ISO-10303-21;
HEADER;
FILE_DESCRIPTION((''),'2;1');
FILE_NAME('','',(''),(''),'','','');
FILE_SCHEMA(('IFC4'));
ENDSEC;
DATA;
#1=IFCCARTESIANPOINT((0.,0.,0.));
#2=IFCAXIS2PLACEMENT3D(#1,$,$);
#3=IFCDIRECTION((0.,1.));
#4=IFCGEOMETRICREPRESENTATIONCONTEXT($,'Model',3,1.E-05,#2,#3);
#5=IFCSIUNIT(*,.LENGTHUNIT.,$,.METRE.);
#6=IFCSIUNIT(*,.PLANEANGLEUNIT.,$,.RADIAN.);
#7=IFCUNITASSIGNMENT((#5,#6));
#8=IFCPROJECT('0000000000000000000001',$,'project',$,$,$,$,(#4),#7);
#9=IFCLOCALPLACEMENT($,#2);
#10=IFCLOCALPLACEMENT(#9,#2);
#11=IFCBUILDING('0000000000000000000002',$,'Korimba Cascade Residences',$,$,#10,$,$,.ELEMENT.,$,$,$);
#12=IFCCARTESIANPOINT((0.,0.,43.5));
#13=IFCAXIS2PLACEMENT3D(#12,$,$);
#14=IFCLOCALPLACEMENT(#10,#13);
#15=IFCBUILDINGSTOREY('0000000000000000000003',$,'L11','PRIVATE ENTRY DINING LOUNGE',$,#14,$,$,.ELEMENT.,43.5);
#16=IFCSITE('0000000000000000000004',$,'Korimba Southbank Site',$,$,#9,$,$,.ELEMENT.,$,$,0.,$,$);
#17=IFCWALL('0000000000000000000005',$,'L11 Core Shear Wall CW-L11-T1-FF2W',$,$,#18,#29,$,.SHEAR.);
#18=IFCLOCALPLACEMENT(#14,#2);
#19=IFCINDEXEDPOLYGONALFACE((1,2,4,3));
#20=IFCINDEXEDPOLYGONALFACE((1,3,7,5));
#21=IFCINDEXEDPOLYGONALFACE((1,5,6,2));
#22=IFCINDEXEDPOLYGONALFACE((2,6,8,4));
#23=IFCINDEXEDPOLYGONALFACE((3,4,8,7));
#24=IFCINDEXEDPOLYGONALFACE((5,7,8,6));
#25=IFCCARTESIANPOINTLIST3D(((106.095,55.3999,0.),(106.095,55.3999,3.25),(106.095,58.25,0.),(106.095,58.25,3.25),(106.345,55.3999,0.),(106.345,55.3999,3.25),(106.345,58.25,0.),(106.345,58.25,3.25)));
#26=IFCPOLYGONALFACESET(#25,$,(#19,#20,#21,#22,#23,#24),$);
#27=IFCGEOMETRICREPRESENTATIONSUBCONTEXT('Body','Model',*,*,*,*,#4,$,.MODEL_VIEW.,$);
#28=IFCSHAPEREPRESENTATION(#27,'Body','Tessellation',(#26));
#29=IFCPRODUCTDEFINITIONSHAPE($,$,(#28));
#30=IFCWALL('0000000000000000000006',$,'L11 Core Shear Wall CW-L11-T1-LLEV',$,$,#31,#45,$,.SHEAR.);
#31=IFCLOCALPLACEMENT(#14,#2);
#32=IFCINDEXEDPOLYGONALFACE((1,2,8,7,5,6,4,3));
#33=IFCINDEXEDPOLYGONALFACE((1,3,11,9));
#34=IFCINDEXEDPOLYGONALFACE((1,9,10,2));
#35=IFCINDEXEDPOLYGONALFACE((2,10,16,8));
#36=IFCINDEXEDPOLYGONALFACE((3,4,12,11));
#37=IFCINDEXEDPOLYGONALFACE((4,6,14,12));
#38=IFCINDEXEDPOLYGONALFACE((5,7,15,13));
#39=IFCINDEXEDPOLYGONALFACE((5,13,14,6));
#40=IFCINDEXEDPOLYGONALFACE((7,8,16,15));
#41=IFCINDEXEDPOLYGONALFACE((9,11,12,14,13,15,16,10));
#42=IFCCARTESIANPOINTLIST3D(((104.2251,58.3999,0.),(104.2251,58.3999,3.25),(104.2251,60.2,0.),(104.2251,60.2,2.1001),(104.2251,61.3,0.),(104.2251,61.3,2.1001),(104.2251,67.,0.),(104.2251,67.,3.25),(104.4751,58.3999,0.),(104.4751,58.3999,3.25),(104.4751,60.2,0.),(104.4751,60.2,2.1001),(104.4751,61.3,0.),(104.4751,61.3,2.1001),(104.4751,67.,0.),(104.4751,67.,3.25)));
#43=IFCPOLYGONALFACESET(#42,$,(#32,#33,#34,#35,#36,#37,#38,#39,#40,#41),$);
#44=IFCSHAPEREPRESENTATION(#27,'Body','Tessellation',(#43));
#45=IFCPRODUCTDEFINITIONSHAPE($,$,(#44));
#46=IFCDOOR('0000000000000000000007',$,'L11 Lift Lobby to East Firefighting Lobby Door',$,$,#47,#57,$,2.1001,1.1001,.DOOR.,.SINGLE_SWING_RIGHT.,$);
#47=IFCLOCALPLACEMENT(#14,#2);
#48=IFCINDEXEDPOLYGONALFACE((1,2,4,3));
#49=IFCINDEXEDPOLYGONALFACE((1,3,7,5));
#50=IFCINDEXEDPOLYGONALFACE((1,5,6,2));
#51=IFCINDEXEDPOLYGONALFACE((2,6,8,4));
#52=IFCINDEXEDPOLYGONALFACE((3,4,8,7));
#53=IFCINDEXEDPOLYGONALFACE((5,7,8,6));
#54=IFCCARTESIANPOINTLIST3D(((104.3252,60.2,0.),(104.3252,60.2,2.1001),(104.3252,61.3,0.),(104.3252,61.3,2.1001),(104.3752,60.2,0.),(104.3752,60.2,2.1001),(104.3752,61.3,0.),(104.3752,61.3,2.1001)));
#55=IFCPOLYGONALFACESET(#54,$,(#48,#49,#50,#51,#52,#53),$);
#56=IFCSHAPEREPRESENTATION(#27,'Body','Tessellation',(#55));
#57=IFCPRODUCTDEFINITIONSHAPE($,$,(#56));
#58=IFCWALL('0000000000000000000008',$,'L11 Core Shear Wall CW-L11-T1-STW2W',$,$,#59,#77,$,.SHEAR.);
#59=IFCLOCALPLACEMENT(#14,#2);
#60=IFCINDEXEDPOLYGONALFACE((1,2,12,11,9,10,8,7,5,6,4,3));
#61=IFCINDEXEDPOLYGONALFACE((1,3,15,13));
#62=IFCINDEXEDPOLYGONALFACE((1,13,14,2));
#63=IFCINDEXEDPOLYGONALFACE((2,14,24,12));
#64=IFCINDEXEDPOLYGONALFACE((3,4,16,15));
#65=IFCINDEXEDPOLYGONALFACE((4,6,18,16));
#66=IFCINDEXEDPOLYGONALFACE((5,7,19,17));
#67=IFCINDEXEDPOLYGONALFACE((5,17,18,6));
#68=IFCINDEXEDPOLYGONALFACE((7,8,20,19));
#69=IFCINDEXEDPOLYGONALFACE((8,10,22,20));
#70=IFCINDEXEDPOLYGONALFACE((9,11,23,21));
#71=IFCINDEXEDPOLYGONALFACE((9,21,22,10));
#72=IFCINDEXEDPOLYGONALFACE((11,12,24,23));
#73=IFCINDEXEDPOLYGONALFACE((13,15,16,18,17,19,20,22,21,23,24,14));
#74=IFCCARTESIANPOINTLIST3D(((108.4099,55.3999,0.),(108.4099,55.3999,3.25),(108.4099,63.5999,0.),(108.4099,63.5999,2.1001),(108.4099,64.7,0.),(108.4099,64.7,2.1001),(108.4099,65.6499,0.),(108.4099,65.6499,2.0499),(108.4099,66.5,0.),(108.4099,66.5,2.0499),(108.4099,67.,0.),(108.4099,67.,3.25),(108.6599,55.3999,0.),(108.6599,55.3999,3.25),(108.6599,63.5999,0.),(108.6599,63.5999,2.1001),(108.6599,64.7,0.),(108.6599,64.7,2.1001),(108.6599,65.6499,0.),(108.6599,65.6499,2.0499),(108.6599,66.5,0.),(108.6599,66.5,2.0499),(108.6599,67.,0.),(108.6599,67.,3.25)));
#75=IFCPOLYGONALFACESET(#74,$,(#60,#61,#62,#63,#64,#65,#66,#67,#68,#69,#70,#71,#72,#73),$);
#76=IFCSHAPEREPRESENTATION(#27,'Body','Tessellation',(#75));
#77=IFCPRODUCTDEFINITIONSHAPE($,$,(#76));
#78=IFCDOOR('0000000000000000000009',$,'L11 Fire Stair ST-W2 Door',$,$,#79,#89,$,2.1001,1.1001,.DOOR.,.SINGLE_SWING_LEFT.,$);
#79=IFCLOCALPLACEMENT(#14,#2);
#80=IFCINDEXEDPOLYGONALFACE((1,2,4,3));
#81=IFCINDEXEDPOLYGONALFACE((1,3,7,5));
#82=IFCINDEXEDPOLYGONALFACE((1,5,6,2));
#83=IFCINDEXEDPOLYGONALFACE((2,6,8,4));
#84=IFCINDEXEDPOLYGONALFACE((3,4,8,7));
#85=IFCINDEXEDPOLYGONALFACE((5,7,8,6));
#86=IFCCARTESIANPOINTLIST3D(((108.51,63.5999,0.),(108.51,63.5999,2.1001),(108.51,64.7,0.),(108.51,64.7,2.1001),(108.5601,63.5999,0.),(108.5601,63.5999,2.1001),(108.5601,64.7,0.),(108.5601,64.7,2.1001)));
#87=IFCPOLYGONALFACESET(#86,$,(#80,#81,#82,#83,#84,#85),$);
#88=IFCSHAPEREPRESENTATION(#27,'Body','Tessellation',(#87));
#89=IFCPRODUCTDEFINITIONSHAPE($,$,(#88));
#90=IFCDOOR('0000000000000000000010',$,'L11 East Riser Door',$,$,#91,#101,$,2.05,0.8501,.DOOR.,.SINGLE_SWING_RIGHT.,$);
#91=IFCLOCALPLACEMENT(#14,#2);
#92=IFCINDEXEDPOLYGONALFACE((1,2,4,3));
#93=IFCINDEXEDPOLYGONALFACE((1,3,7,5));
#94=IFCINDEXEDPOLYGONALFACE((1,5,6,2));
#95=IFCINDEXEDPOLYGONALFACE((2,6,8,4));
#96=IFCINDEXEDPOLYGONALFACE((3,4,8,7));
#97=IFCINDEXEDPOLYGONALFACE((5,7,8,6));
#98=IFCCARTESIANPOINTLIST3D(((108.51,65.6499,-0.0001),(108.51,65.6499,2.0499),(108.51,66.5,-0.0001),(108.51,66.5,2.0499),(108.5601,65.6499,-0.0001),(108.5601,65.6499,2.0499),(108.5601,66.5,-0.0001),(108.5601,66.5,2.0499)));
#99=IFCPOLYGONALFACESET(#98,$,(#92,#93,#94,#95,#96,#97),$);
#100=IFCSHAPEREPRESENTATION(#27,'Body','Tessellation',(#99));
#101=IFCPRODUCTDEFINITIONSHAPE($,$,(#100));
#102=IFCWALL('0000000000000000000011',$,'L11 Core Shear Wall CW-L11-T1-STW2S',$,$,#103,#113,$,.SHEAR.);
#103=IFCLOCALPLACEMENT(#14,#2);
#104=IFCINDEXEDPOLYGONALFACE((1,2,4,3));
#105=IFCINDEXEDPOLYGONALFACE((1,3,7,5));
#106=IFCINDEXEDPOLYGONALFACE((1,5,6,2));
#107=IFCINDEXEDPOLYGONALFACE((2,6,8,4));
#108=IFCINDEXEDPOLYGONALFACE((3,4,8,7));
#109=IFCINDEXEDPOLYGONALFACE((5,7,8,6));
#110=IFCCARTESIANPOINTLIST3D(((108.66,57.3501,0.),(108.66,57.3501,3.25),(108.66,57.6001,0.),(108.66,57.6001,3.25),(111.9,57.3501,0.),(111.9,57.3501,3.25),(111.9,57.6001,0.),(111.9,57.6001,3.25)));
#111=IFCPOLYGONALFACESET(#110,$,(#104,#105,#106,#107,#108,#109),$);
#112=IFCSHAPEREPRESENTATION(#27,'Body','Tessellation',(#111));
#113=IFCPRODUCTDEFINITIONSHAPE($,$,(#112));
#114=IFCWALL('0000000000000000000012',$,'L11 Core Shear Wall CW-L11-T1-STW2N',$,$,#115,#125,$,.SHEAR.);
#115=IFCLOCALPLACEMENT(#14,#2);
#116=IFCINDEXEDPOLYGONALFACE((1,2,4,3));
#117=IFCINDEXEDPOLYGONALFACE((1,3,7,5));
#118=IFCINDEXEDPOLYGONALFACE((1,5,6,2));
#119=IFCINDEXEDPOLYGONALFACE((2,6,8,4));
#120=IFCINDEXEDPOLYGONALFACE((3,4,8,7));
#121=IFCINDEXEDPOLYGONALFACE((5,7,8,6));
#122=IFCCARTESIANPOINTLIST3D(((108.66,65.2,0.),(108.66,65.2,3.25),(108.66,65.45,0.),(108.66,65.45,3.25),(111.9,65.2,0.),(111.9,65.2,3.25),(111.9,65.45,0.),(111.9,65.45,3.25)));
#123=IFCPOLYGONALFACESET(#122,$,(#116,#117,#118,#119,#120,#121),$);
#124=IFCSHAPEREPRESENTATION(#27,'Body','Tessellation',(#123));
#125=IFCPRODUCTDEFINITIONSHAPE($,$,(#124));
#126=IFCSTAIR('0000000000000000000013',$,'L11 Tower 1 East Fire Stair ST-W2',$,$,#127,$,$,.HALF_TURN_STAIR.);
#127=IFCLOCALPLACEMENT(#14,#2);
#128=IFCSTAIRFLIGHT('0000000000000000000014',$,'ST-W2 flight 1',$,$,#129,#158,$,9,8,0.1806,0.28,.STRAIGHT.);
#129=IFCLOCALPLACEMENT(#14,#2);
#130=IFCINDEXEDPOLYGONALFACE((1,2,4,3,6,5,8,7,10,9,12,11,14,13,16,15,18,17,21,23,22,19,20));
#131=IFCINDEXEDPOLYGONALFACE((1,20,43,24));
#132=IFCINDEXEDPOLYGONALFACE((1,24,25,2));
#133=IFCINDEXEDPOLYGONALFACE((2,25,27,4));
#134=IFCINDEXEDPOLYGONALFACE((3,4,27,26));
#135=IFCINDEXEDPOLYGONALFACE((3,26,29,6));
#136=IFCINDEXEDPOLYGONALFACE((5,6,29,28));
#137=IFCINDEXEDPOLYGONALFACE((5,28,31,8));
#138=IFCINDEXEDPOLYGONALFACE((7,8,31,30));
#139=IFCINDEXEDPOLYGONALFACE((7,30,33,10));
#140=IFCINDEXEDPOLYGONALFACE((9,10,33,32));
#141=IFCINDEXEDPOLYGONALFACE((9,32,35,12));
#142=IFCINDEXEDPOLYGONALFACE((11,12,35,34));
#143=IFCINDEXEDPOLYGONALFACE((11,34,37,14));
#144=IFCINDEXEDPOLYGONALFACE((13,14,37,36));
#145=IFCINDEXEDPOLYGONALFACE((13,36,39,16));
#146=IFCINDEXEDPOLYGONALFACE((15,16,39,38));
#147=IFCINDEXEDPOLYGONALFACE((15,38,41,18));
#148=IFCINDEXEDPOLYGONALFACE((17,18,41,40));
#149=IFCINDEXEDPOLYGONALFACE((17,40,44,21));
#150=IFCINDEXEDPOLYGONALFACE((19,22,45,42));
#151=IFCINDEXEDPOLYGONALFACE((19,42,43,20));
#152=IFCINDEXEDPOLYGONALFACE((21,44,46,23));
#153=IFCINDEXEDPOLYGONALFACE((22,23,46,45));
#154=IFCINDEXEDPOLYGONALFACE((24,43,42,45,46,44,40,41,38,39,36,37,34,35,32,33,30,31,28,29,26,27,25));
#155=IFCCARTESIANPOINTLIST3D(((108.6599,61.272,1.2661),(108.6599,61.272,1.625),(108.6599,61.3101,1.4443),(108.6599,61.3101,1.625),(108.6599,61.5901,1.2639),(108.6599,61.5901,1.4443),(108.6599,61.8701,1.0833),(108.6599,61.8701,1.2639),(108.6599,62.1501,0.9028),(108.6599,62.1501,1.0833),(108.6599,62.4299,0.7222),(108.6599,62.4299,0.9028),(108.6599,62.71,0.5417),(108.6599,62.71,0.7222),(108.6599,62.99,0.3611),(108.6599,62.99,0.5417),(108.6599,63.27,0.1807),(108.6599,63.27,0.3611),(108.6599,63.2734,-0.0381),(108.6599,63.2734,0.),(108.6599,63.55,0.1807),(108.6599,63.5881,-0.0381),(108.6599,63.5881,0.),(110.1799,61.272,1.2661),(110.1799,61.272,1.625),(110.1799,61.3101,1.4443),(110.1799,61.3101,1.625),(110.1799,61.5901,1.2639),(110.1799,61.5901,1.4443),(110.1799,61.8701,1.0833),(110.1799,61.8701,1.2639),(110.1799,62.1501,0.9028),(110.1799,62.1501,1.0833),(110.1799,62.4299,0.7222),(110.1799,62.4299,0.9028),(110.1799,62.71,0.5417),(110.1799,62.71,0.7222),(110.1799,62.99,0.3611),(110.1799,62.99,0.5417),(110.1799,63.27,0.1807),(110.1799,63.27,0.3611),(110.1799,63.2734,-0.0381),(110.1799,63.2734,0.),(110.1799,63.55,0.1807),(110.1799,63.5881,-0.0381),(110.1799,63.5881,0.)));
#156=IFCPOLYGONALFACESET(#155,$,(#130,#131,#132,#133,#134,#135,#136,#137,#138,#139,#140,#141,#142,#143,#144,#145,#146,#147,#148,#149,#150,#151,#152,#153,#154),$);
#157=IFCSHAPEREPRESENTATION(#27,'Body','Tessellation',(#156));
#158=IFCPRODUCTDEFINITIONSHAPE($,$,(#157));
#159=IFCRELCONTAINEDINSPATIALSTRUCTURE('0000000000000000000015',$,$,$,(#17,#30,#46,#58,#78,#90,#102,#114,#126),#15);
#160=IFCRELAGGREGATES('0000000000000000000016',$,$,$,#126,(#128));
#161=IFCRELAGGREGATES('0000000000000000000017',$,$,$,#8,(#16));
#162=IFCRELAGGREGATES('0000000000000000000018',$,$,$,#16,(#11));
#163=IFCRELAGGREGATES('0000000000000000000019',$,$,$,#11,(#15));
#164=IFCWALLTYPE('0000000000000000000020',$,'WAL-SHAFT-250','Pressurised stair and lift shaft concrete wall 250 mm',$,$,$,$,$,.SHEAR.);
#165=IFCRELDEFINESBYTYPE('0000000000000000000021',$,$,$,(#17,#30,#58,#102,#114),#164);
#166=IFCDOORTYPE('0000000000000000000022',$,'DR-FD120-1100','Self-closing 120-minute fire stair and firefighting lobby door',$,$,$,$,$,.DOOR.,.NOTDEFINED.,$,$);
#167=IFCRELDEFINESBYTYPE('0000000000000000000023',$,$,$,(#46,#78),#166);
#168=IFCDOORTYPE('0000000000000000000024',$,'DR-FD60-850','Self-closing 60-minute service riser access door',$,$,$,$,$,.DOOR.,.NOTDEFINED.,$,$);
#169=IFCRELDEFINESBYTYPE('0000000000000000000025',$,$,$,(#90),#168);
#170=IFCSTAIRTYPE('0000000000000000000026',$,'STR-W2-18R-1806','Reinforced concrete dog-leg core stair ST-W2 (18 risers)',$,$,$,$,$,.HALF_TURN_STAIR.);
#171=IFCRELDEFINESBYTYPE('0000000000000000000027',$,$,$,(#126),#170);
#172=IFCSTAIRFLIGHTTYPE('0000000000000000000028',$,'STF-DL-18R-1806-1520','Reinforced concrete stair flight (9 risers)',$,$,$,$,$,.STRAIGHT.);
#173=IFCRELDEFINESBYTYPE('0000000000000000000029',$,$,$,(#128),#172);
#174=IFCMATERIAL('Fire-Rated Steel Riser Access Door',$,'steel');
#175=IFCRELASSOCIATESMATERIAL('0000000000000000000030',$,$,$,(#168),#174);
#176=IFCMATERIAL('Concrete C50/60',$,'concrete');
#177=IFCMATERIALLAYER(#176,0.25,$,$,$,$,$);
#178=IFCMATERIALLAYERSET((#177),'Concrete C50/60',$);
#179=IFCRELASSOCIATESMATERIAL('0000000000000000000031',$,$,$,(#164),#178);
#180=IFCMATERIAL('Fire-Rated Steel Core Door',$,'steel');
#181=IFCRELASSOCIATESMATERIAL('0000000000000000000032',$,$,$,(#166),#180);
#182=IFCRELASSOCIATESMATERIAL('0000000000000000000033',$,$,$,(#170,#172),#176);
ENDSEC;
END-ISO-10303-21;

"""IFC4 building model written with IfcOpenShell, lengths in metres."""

from ifc_helpers import new_model, si_unit, direction, frame, frame_2d, origin, place, context, subcontext, project, spatial, polyline, rectangle, outline, extrude, material, layer, layer_set, type_object, element, fill, aggregate, save


model = new_model("IFC4")

# Units and contexts
model_context = context("Model", 3, precision=1e-05, world=origin(), true_north=direction((0.0, 1.0)))
body_context = subcontext(model_context, "Body", "Model", "MODEL_VIEW")
ifc_project = project(units=[si_unit("LENGTHUNIT", "METRE"), si_unit("PLANEANGLEUNIT", "RADIAN")], contexts=[model_context])

# Site, building, storey
site_placement = place(None, origin())
site = spatial("IfcSite", under=ifc_project, at=site_placement, Name="Korimba Southbank Site", CompositionType="ELEMENT", RefElevation=0.0)
building_placement = place(site_placement, origin())
building = spatial("IfcBuilding", under=site, at=building_placement, Name="Korimba Cascade Residences", CompositionType="ELEMENT")
storey_placement = place(building_placement, frame((0.0, 0.0, 43.5)))
storey = spatial("IfcBuildingStorey", under=building, at=storey_placement, Name="L11", Description="PRIVATE ENTRY DINING LOUNGE", CompositionType="ELEMENT", Elevation=43.5)

# Shared definitions
ifc_material_1 = material(Name="Concrete C50/60", Category="concrete")

# Shared definitions
ifc_material_2 = material(Name="Fire-Rated Steel Riser Access Door", Category="steel")
door_type_1 = type_object("IfcDoorType", Name="DR-FD60-850", Description="Self-closing 60-minute service riser access door", OperationType="NOTDEFINED", PredefinedType="DOOR", material=ifc_material_2)

# Wall
ifc_layer_1 = layer(ifc_material_1, 0.25)
ifc_layer_set_1 = layer_set([ifc_layer_1], Name="Concrete C50/60")
wall_type_1 = type_object("IfcWallType", Name="WAL-SHAFT-250", Description="Pressurised stair and lift shaft concrete wall 250 mm", PredefinedType="SHEAR", material=ifc_layer_set_1)
wall_1_placement = place(storey_placement, frame((106.22, 55.3999, 0.0), z_axis=(0.0, 0.0, 1.0), x_axis=(0.0, 1.0, 0.0)))
element("IfcWall", 1, at=wall_1_placement, inside=storey, type_object=wall_type_1, Name="L11 Core Shear Wall CW-L11-T1-FF2W", PredefinedType="SHEAR", context=body_context, shape_type="SweptSolid", body=[
    extrude(rectangle(XDim=2.8501, YDim=0.25, at=frame_2d((1.425, 0.0))), origin(), (0.0, 0.0, 1.0), 3.25),
])

# Wall, opening, door
wall_2_placement = place(storey_placement, frame((104.3501, 58.3999, 0.0), z_axis=(0.0, 0.0, 1.0), x_axis=(0.0, 1.0, 0.0)))
wall_2 = element("IfcWall", 2, at=wall_2_placement, inside=storey, type_object=wall_type_1, Name="L11 Core Shear Wall CW-L11-T1-LLEV", PredefinedType="SHEAR", context=body_context, shape_type="SweptSolid", body=[
    extrude(rectangle(XDim=8.6001, YDim=0.25, at=frame_2d((4.3, 0.0))), origin(), (0.0, 0.0, 1.0), 3.25),
])
opening_1_placement = place(wall_2_placement, frame((1.8, 0.0, 0.0)))
opening_1 = element("IfcOpeningElement", 3, at=opening_1_placement, cuts=wall_2, PredefinedType="OPENING", context=body_context, shape_type="SweptSolid", body=[
    extrude(rectangle(XDim=1.1001, YDim=2.1001, at=frame_2d((0.55, 1.05))), frame((0.0, 0.135, 0.0), z_axis=(0.0, -1.0, 0.0), x_axis=(1.0, 0.0, 0.0)), (0.0, 0.0, 1.0), 0.27),
])
ifc_material_3 = material(Name="Fire-Rated Steel Core Door", Category="steel")
door_type_2 = type_object("IfcDoorType", Name="DR-FD120-1100", Description="Self-closing 120-minute fire stair and firefighting lobby door", OperationType="NOTDEFINED", PredefinedType="DOOR", material=ifc_material_3)
door_1_placement = place(opening_1_placement, origin())
door_1 = element("IfcDoor", 4, at=door_1_placement, inside=storey, type_object=door_type_2, Name="L11 Lift Lobby to East Firefighting Lobby Door", OperationType="SINGLE_SWING_RIGHT", OverallHeight=2.1001, OverallWidth=1.1001, PredefinedType="DOOR", context=body_context, shape_type="SweptSolid", body=[
    extrude(rectangle(XDim=1.1001, YDim=2.1001, at=frame_2d((0.55, 1.05))), frame((0.0, 0.0249, 0.0), z_axis=(0.0, -1.0, 0.0), x_axis=(1.0, 0.0, 0.0)), (0.0, 0.0, 1.0), 0.05),
])
fill(opening_1, door_1)

# Wall, openings, doors
wall_3_placement = place(storey_placement, frame((108.5349, 55.3999, 0.0), z_axis=(0.0, 0.0, 1.0), x_axis=(0.0, 1.0, 0.0)))
wall_3 = element("IfcWall", 5, at=wall_3_placement, inside=storey, type_object=wall_type_1, Name="L11 Core Shear Wall CW-L11-T1-STW2W", PredefinedType="SHEAR", context=body_context, shape_type="SweptSolid", body=[
    extrude(rectangle(XDim=11.6001, YDim=0.25, at=frame_2d((5.8, 0.0))), origin(), (0.0, 0.0, 1.0), 3.25),
])
opening_2_placement = place(wall_3_placement, frame((8.2, 0.0, 0.0)))
opening_2 = element("IfcOpeningElement", 6, at=opening_2_placement, cuts=wall_3, PredefinedType="OPENING", context=body_context, shape_type="SweptSolid", body=[
    extrude(rectangle(XDim=1.1001, YDim=2.1001, at=frame_2d((0.55, 1.05))), frame((0.0, 0.135, 0.0), z_axis=(0.0, -1.0, 0.0), x_axis=(1.0, 0.0, 0.0)), (0.0, 0.0, 1.0), 0.27),
])
opening_3_placement = place(wall_3_placement, frame((10.25, 0.0, 0.0)))
opening_3 = element("IfcOpeningElement", 7, at=opening_3_placement, cuts=wall_3, PredefinedType="OPENING", context=body_context, shape_type="SweptSolid", body=[
    extrude(rectangle(XDim=0.8501, YDim=2.05, at=frame_2d((0.425, 1.0249))), frame((0.0, 0.135, 0.0), z_axis=(0.0, -1.0, 0.0), x_axis=(1.0, 0.0, 0.0)), (0.0, 0.0, 1.0), 0.27),
])
door_2_placement = place(opening_2_placement, origin())
door_2 = element("IfcDoor", 8, at=door_2_placement, inside=storey, type_object=door_type_2, Name="L11 Fire Stair ST-W2 Door", OperationType="SINGLE_SWING_LEFT", OverallHeight=2.1001, OverallWidth=1.1001, PredefinedType="DOOR", context=body_context, shape_type="SweptSolid", body=[
    extrude(rectangle(XDim=1.1001, YDim=2.1001, at=frame_2d((0.55, 1.05))), frame((0.0, 0.0249, 0.0), z_axis=(0.0, -1.0, 0.0), x_axis=(1.0, 0.0, 0.0)), (0.0, 0.0, 1.0), 0.05),
])
fill(opening_2, door_2)
door_3_placement = place(opening_3_placement, origin())
door_3 = element("IfcDoor", 9, at=door_3_placement, inside=storey, type_object=door_type_1, Name="L11 East Riser Door", OperationType="SINGLE_SWING_RIGHT", OverallHeight=2.05, OverallWidth=0.8501, PredefinedType="DOOR", context=body_context, shape_type="SweptSolid", body=[
    extrude(rectangle(XDim=0.8501, YDim=2.05, at=frame_2d((0.425, 1.0249))), frame((0.0, 0.0249, 0.0), z_axis=(0.0, -1.0, 0.0), x_axis=(1.0, 0.0, 0.0)), (0.0, 0.0, 1.0), 0.05),
])
fill(opening_3, door_3)

# Walls
for number, where, z_axis, x_axis, name in (
    (10, (108.6599, 57.4751, 0.0), (0.0, 0.0, 1.0), (1.0, 0.0, 0.0), "L11 Core Shear Wall CW-L11-T1-STW2S"),
    (11, (108.6599, 65.325, 0.0), (0.0, 0.0, 1.0), (1.0, 0.0, 0.0), "L11 Core Shear Wall CW-L11-T1-STW2N"),
):
    element("IfcWall", number, at=place(storey_placement, frame(where, z_axis=z_axis, x_axis=x_axis)), inside=storey, type_object=wall_type_1, Name=name, PredefinedType="SHEAR", context=body_context, shape_type="SweptSolid", body=[
        extrude(rectangle(XDim=3.24, YDim=0.25, at=frame_2d((1.6201, 0.0))), origin(), (0.0, 0.0, 1.0), 3.25),
    ])

# Stair, stair flight
stair_type = type_object("IfcStairType", Name="STR-W2-18R-1806", Description="Reinforced concrete dog-leg core stair ST-W2 (18 risers)", PredefinedType="HALF_TURN_STAIR", material=ifc_material_1)
stair_placement = place(storey_placement, origin())
stair = element("IfcStair", 12, at=stair_placement, inside=storey, type_object=stair_type, Name="L11 Tower 1 East Fire Stair ST-W2", PredefinedType="HALF_TURN_STAIR")
stair_flight_type = type_object("IfcStairFlightType", Name="STF-DL-18R-1806-1520", Description="Reinforced concrete stair flight (9 risers)", PredefinedType="STRAIGHT", material=ifc_material_1)
stair_flight_1_placement = place(storey_placement, frame((109.4199, 63.55, 0.0), z_axis=(0.0, 0.0, 1.0), x_axis=(0.0, -1.0, 0.0)))
stair_flight_1 = element("IfcStairFlight", 13, at=stair_flight_1_placement, type_object=stair_flight_type, Name="ST-W2 flight 1", NumberOfRisers=9, NumberOfTreads=8, PredefinedType="STRAIGHT", RiserHeight=0.1806, TreadLength=0.28, context=body_context, shape_type="SweptSolid", body=[
    extrude(outline(polyline([(-0.0381, 0.0), (0.0, 0.1807), (0.28, 0.1807), (0.28, 0.3611), (0.5601, 0.3611), (0.5601, 0.5417), (0.8401, 0.5417), (0.8401, 0.7222), (1.1201, 0.7222), (1.1201, 0.9028), (1.3999, 0.9028), (1.3999, 1.0833), (1.6799, 1.0833), (1.6799, 1.2639), (1.96, 1.2639), (1.96, 1.4443), (2.24, 1.4443), (2.24, 1.625), (2.2781, 1.625), (2.2781, 1.2661), (0.2766, 0.0), (0.2766, -0.0381), (-0.0381, -0.0381), (-0.0381, 0.0)])), frame((0.0, 0.76, 0.0), z_axis=(0.0, -1.0, 0.0), x_axis=(1.0, 0.0, 0.0)), (0.0, 0.0, 1.0), 1.52),
])
aggregate(stair, [stair_flight_1])

save(model, "model.ifc")
